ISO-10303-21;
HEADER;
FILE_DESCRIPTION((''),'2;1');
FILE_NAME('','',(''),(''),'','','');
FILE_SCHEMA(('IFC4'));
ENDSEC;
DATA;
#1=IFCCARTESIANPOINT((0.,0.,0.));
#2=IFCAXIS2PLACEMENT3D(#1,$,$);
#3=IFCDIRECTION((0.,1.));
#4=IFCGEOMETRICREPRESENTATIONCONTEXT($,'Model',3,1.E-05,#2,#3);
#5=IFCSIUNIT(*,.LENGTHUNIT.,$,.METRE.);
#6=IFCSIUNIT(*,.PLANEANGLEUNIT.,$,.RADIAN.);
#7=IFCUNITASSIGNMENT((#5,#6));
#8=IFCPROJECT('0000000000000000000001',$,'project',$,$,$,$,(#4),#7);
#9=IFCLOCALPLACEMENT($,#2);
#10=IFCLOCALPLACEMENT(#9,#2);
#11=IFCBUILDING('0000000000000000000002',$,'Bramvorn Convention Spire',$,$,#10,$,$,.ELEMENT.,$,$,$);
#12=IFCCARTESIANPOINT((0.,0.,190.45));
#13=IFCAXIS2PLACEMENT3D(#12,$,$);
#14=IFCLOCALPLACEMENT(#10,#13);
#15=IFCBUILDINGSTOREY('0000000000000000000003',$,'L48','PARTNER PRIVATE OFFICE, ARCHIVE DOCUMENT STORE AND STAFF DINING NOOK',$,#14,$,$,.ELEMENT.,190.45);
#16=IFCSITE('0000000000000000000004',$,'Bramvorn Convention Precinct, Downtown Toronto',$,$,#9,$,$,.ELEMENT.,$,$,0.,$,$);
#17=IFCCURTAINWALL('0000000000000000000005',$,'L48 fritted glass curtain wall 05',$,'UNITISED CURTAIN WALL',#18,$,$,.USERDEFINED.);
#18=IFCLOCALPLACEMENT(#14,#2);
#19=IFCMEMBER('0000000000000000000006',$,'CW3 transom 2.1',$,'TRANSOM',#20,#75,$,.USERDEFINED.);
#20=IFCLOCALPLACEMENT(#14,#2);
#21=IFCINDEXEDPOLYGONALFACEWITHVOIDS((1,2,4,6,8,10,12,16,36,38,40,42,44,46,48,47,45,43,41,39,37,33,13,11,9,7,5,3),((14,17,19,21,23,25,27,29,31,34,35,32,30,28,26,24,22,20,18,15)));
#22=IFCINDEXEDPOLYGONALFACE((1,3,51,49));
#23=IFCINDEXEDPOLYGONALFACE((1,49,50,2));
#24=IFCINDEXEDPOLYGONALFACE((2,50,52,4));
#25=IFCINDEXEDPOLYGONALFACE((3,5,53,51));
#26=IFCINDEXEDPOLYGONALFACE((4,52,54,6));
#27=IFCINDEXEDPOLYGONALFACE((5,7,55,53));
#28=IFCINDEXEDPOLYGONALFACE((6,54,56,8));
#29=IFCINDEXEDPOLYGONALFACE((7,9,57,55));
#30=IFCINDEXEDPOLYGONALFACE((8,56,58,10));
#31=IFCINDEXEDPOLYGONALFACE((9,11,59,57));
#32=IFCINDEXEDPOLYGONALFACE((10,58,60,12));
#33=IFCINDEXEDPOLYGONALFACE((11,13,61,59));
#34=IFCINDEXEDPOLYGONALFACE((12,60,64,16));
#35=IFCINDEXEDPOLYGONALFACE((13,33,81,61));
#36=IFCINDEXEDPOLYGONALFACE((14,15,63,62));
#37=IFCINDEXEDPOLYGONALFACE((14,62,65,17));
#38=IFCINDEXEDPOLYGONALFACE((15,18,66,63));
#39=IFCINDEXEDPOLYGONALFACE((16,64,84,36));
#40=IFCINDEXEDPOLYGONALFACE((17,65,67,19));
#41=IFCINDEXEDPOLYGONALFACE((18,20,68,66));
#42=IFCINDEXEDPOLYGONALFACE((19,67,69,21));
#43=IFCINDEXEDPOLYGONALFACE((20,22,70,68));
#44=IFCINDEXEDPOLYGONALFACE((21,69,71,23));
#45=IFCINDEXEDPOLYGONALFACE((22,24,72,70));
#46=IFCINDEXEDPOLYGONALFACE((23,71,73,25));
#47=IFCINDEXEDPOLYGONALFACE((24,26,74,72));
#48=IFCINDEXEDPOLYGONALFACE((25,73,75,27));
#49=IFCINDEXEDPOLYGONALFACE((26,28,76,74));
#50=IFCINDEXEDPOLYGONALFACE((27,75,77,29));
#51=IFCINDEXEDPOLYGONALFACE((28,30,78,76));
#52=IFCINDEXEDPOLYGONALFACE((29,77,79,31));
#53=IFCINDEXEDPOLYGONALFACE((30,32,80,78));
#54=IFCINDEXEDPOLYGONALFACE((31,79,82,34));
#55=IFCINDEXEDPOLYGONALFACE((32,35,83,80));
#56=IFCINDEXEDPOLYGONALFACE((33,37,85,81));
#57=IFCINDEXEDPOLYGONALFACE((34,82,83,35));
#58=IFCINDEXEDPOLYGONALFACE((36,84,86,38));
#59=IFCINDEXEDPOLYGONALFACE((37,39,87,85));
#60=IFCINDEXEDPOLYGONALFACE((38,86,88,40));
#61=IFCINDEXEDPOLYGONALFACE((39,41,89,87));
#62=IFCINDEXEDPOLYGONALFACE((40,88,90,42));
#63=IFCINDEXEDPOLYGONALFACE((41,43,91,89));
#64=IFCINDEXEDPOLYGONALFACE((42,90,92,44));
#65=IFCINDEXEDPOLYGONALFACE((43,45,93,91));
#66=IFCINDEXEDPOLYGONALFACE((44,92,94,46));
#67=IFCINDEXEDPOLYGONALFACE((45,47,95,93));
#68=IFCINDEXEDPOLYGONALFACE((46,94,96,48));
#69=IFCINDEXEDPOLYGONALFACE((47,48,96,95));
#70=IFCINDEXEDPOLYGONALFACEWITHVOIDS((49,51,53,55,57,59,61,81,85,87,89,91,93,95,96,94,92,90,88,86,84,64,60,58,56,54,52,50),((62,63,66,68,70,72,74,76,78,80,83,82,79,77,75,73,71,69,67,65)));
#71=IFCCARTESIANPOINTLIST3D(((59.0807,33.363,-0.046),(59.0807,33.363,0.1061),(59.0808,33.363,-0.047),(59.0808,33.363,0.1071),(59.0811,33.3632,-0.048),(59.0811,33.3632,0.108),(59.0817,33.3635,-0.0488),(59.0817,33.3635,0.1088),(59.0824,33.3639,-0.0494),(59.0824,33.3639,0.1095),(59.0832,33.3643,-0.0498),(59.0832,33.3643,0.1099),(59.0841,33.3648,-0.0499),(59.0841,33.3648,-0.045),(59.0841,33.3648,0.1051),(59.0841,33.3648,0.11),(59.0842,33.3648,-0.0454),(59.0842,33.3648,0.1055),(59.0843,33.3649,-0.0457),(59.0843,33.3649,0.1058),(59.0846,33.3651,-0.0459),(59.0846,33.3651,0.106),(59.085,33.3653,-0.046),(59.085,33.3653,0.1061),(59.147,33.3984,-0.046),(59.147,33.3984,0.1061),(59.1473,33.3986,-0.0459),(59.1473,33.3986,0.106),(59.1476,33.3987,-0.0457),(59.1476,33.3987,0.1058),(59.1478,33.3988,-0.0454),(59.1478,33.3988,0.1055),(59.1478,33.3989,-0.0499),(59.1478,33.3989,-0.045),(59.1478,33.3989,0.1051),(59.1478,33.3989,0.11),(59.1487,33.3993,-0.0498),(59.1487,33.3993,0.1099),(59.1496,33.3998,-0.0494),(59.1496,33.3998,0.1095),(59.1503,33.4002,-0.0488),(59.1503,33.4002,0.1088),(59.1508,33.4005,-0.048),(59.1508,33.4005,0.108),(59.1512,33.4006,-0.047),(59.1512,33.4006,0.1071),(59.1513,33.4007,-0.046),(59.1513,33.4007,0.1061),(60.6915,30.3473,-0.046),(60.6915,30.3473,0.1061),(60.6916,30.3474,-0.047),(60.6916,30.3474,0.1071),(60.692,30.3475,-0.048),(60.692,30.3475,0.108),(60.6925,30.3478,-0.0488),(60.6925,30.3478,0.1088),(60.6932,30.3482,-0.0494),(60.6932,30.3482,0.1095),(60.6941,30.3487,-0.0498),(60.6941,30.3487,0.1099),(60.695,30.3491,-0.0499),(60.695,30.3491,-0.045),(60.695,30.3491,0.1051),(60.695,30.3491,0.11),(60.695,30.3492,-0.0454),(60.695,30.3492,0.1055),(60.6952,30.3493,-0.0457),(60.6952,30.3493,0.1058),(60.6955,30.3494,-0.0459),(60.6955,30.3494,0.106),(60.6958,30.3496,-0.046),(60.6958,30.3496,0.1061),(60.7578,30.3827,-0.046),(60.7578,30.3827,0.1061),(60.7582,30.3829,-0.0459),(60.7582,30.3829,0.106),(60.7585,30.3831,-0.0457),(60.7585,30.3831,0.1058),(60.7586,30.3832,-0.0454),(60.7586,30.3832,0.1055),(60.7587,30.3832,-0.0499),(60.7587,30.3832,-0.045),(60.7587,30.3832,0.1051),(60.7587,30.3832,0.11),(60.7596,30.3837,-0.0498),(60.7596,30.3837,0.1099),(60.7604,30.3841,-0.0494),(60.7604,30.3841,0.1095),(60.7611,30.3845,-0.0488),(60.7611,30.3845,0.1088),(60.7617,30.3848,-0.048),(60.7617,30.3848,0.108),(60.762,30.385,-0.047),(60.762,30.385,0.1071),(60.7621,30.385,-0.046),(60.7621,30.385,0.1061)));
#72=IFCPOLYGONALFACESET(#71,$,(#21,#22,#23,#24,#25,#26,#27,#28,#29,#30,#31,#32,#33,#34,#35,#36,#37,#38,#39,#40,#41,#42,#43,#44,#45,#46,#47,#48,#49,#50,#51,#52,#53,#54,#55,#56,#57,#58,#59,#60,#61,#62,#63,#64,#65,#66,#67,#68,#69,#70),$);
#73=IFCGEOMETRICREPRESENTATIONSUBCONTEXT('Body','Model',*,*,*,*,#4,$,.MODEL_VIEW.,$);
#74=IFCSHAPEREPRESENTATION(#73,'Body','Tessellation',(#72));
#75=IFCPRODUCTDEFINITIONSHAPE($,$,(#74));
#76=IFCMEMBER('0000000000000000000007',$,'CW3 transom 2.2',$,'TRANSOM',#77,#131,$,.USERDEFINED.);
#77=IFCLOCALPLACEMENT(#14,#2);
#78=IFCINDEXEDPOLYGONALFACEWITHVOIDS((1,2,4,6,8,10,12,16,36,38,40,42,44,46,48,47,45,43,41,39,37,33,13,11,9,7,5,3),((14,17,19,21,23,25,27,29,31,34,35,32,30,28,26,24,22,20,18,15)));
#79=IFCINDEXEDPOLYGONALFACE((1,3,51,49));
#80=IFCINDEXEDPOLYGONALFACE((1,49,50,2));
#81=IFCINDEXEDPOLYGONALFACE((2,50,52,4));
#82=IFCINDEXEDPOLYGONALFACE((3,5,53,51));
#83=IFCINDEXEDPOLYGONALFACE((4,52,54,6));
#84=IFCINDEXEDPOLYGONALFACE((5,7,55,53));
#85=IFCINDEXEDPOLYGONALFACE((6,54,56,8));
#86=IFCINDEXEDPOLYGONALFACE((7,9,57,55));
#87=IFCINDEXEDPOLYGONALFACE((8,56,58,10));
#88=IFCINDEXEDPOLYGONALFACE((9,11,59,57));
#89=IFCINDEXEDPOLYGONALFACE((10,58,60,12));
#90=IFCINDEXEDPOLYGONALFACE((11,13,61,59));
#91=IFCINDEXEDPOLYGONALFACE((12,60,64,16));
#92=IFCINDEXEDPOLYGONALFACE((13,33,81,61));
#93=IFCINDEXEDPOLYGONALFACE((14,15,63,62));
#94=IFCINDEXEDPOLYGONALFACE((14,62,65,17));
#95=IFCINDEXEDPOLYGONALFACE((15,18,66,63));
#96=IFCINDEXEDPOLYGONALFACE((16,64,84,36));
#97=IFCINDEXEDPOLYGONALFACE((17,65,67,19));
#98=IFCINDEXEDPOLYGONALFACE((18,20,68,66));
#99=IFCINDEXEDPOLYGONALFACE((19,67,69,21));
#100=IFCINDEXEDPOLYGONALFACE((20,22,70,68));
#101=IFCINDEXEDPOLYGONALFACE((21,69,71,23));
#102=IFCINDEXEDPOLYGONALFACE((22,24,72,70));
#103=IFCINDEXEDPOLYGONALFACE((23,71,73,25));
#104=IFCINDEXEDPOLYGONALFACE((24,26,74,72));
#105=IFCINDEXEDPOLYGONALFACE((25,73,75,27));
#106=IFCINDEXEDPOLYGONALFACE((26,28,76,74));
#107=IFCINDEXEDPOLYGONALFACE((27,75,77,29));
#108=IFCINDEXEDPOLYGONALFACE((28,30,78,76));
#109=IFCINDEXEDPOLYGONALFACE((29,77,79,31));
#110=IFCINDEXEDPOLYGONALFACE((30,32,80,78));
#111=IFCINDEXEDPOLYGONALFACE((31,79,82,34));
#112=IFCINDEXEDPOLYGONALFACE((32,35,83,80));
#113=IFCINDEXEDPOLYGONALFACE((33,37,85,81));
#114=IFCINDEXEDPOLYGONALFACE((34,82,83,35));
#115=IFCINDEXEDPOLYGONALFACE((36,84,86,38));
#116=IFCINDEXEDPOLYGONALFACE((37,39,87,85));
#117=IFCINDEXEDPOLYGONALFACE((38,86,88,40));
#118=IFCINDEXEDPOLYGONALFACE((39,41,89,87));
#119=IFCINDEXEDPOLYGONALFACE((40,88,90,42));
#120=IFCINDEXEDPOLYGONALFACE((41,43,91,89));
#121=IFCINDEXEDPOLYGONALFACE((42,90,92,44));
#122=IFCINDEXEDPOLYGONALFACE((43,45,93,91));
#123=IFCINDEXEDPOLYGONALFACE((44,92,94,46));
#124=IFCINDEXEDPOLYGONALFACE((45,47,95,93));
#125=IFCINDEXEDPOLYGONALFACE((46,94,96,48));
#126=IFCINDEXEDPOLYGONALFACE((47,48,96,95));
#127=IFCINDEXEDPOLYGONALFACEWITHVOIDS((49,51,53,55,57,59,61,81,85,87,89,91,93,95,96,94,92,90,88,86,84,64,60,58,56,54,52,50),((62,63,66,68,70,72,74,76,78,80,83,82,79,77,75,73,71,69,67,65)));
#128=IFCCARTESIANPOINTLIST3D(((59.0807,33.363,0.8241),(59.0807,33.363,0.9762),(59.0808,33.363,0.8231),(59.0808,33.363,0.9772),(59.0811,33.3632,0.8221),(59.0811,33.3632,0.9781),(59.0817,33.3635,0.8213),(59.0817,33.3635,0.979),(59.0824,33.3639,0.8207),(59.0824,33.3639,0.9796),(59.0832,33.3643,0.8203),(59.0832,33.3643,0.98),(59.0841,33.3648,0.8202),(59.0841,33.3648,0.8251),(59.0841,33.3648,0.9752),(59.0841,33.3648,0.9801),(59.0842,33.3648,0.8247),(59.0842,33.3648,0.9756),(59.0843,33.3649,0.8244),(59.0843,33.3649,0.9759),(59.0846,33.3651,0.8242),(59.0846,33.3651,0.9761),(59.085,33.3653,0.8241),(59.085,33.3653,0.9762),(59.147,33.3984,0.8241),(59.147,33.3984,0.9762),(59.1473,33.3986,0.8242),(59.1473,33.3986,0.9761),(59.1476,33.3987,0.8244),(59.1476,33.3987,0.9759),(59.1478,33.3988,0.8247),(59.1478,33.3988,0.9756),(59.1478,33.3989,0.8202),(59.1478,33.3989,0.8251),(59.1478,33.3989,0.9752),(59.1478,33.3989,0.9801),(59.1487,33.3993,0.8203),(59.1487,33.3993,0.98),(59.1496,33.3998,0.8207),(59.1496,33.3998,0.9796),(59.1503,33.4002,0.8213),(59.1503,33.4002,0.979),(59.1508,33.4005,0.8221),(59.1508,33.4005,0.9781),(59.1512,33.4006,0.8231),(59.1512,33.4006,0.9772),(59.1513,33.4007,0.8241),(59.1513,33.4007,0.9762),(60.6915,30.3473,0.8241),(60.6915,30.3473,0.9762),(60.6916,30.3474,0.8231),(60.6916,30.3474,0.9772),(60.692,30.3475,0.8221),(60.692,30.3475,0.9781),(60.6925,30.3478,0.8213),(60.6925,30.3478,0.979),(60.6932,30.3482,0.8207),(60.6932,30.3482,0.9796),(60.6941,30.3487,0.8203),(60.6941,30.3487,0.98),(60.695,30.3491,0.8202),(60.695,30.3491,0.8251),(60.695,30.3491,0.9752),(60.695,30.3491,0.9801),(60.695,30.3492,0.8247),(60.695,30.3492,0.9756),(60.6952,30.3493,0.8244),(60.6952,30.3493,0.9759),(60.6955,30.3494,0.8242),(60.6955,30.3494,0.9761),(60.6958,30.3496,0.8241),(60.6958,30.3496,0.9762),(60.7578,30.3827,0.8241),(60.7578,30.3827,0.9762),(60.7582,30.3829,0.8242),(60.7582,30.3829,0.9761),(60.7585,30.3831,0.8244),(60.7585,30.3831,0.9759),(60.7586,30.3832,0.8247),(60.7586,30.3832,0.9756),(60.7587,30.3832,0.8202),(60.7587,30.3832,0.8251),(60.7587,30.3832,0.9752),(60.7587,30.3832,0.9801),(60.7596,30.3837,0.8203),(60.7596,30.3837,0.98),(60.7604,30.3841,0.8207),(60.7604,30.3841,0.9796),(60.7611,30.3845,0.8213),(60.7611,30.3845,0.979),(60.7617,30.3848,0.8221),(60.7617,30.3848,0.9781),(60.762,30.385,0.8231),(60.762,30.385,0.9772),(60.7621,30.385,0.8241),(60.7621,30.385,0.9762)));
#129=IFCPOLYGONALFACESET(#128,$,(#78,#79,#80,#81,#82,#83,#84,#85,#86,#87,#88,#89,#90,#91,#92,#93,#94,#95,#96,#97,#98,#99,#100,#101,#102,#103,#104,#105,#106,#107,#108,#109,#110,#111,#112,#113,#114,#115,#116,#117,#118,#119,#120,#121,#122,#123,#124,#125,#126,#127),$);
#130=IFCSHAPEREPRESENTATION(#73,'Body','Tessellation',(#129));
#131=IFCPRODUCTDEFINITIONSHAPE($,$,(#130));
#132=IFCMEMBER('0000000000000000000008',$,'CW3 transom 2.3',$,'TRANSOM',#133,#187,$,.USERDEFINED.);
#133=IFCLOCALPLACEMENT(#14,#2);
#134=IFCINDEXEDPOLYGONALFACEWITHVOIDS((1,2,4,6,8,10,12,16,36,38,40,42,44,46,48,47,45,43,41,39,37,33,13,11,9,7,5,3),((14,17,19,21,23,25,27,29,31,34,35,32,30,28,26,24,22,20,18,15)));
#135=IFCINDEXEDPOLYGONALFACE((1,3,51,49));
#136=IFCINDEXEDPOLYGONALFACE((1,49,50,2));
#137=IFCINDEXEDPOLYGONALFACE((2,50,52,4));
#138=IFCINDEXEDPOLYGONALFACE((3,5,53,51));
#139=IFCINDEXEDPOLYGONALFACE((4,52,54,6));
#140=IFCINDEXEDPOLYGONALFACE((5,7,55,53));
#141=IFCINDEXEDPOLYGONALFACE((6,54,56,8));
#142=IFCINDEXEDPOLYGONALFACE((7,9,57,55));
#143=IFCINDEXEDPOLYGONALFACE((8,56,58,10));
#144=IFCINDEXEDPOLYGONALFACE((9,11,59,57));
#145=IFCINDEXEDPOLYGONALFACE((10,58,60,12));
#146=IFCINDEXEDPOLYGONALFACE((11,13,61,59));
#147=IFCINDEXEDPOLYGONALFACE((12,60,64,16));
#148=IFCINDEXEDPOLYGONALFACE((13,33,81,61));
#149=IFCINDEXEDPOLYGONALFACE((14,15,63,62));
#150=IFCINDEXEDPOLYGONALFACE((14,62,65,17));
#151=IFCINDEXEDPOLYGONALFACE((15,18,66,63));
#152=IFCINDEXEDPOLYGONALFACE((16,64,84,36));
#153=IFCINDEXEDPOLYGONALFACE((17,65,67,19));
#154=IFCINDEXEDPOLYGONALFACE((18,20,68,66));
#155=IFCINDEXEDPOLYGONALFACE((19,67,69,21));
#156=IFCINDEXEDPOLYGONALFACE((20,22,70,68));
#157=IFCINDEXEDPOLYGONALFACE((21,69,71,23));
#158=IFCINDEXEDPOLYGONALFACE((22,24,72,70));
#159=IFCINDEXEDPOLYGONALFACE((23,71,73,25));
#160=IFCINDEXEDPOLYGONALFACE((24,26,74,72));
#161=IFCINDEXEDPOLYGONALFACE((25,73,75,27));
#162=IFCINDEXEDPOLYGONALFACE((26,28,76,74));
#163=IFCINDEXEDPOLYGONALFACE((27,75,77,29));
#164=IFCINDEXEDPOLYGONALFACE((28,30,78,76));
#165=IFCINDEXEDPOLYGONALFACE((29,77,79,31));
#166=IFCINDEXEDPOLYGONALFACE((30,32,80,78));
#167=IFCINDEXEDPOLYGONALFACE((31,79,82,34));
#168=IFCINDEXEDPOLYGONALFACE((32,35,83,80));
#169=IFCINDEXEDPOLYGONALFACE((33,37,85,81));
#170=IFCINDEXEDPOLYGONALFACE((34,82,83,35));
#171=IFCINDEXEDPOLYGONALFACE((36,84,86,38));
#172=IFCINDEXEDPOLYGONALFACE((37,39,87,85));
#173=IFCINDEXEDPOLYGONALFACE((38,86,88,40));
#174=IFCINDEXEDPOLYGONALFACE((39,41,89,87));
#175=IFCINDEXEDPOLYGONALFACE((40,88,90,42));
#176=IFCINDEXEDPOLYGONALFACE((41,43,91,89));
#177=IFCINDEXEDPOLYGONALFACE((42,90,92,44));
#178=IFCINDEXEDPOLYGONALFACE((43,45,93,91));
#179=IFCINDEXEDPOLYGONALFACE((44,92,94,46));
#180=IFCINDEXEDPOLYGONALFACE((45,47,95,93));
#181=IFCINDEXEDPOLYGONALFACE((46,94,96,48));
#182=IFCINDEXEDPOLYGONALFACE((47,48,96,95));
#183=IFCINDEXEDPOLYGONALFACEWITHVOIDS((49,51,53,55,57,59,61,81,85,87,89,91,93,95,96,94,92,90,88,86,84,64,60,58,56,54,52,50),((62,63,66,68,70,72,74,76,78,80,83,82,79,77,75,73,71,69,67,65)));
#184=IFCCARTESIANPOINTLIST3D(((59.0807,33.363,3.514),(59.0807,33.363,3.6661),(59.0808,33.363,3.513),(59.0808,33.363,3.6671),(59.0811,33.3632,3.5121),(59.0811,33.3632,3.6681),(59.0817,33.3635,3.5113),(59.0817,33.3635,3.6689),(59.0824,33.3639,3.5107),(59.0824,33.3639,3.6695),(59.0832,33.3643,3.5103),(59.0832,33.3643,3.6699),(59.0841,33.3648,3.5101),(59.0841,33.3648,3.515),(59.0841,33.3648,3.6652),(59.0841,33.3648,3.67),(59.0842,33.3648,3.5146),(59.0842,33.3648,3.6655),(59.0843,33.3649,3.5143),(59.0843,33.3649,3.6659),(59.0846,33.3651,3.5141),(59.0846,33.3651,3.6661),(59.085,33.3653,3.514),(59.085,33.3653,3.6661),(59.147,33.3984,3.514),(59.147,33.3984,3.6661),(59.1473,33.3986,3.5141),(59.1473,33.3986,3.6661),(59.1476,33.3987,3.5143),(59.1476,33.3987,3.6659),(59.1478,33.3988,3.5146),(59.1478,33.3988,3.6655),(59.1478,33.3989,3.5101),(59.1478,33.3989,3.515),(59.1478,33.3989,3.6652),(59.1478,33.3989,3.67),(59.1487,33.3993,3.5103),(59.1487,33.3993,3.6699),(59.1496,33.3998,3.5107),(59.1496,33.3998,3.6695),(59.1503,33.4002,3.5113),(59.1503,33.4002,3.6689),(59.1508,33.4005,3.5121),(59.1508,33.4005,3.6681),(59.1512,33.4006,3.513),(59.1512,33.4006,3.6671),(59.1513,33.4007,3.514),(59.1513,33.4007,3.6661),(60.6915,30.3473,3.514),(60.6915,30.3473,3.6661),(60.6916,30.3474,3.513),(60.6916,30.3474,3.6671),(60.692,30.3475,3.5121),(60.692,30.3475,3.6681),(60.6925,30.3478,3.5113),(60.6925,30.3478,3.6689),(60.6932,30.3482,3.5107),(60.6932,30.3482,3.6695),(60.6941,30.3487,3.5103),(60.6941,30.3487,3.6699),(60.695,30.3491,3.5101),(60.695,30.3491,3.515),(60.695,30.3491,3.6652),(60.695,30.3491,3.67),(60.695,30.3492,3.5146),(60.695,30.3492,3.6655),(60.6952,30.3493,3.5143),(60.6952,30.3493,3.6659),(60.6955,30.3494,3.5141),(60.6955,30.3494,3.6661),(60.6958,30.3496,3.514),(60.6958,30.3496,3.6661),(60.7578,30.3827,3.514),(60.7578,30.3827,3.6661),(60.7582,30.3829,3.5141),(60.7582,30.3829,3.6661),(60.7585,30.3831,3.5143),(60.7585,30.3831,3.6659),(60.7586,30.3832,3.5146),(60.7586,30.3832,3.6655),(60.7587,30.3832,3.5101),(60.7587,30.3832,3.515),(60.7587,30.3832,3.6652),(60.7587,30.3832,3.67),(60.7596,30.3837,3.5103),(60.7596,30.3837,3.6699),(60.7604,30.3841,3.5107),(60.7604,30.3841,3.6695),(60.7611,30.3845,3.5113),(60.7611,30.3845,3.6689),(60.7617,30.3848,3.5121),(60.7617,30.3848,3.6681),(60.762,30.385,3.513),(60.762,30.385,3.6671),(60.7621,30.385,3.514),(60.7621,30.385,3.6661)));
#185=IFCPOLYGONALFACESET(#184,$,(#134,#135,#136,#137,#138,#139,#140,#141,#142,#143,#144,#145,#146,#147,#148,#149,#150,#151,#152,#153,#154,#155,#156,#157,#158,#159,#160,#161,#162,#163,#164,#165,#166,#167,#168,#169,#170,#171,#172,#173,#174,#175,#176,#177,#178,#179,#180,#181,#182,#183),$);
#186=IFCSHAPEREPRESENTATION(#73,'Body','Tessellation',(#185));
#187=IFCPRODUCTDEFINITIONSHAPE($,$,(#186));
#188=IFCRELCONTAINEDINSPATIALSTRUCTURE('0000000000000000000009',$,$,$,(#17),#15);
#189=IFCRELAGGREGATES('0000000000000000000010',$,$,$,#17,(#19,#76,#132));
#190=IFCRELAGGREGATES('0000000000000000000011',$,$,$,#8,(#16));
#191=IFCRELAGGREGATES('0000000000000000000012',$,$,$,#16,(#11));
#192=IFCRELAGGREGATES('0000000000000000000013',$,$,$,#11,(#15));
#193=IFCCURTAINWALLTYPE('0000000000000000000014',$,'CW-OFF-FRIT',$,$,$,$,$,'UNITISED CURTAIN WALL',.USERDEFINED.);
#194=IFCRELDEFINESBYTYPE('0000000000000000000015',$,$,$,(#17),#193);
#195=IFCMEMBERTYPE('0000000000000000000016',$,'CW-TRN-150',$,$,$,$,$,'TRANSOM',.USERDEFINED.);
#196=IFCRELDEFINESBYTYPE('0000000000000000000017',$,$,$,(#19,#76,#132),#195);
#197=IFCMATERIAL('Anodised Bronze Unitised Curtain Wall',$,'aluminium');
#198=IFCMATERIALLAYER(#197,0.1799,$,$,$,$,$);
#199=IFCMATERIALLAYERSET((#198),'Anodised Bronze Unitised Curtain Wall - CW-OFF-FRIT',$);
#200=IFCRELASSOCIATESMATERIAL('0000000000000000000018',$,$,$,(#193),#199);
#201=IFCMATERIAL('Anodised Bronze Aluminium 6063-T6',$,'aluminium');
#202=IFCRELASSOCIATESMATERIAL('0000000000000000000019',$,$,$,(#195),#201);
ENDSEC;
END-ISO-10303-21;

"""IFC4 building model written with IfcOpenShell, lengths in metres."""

from ifc_helpers import new_model, si_unit, direction, frame, origin, origin_2d, place, context, subcontext, project, spatial, hollow_rectangle, extrude, material, layer, layer_set, material_profile, profile_set, type_object, element, aggregate, save


model = new_model("IFC4")

# Units and contexts
model_context = context("Model", 3, precision=1e-05, world=origin(), true_north=direction((0.0, 1.0)))
body_context = subcontext(model_context, "Body", "Model", "MODEL_VIEW")
ifc_project = project(units=[si_unit("LENGTHUNIT", "METRE"), si_unit("PLANEANGLEUNIT", "RADIAN")], contexts=[model_context])

# Site, building, storey
site_placement = place(None, origin())
site = spatial("IfcSite", under=ifc_project, at=site_placement, Name="Bramvorn Convention Precinct, Downtown Toronto", CompositionType="ELEMENT", RefElevation=0.0)
building_placement = place(site_placement, origin())
building = spatial("IfcBuilding", under=site, at=building_placement, Name="Bramvorn Convention Spire", CompositionType="ELEMENT")
storey_placement = place(building_placement, frame((0.0, 0.0, 190.45)))
storey = spatial("IfcBuildingStorey", under=building, at=storey_placement, Name="L48", Description="PARTNER PRIVATE OFFICE, ARCHIVE DOCUMENT STORE AND STAFF DINING NOOK", CompositionType="ELEMENT", Elevation=190.45)

# Curtain wall
ifc_material_1 = material(Name="Anodised Bronze Unitised Curtain Wall", Category="aluminium")
ifc_layer_1 = layer(ifc_material_1, 0.1799)
ifc_layer_set_1 = layer_set([ifc_layer_1], Name="Anodised Bronze Unitised Curtain Wall - CW-OFF-FRIT")
curtain_wall_type = type_object("IfcCurtainWallType", Name="CW-OFF-FRIT", ElementType="UNITISED CURTAIN WALL", PredefinedType="USERDEFINED", material=ifc_layer_set_1)
ifc_material_2 = material(Name="Anodised Bronze Aluminium 6063-T6", Category="aluminium")
curtain_wall_1_placement = place(storey_placement, origin())
curtain_wall_1 = element("IfcCurtainWall", 1, at=curtain_wall_1_placement, inside=storey, type_object=curtain_wall_type, Name="L48 fritted glass curtain wall 05", ObjectType="UNITISED CURTAIN WALL", PredefinedType="USERDEFINED")

# Members
ifc_material_profile_1 = material_profile(ifc_material_2, hollow_rectangle(XDim=0.0801, YDim=0.1599, WallThickness=0.0039, InnerFilletRadius=0.001, OuterFilletRadius=0.0039, at=origin_2d()))
ifc_profile_set_1 = profile_set([ifc_material_profile_1], Name="Anodised Bronze Aluminium 6063-T6 - CWT80X160")
member_type_1 = type_object("IfcMemberType", Name="CW-TRN-150", ElementType="TRANSOM", PredefinedType="USERDEFINED", material=ifc_profile_set_1)
member_1_placement = place(storey_placement, frame((59.116, 33.3818, 0.03), z_axis=(0.471159, -0.882048, 0.0), x_axis=(0.882048, 0.471159, 0.0)))
member_1 = element("IfcMember", 2, at=member_1_placement, type_object=member_type_1, Name="CW3 transom 2.1", ObjectType="TRANSOM", PredefinedType="USERDEFINED", context=body_context, shape_type="SweptSolid", body=[
    extrude(hollow_rectangle(XDim=0.0801, YDim=0.1599, WallThickness=0.0039, InnerFilletRadius=0.001, OuterFilletRadius=0.0039, at=origin_2d()), origin(), (0.0, 0.0, 1.0), 3.4189),
])
member_2_placement = place(storey_placement, frame((59.116, 33.3818, 0.9001), z_axis=(0.471159, -0.882048, 0.0), x_axis=(0.882048, 0.471159, 0.0)))
member_2 = element("IfcMember", 3, at=member_2_placement, type_object=member_type_1, Name="CW3 transom 2.2", ObjectType="TRANSOM", PredefinedType="USERDEFINED", context=body_context, shape_type="SweptSolid", body=[
    extrude(hollow_rectangle(XDim=0.0801, YDim=0.1599, WallThickness=0.0039, InnerFilletRadius=0.001, OuterFilletRadius=0.0039, at=origin_2d()), origin(), (0.0, 0.0, 1.0), 3.4189),
])
member_3_placement = place(storey_placement, frame((59.116, 33.3818, 3.5901), z_axis=(0.471159, -0.882048, 0.0), x_axis=(0.882048, 0.471159, 0.0)))
member_3 = element("IfcMember", 4, at=member_3_placement, type_object=member_type_1, Name="CW3 transom 2.3", ObjectType="TRANSOM", PredefinedType="USERDEFINED", context=body_context, shape_type="SweptSolid", body=[
    extrude(hollow_rectangle(XDim=0.0801, YDim=0.1599, WallThickness=0.0039, InnerFilletRadius=0.001, OuterFilletRadius=0.0039, at=origin_2d()), origin(), (0.0, 0.0, 1.0), 3.4189),
])

aggregate(curtain_wall_1, [member_1, member_2, member_3])

save(model, "model.ifc")
